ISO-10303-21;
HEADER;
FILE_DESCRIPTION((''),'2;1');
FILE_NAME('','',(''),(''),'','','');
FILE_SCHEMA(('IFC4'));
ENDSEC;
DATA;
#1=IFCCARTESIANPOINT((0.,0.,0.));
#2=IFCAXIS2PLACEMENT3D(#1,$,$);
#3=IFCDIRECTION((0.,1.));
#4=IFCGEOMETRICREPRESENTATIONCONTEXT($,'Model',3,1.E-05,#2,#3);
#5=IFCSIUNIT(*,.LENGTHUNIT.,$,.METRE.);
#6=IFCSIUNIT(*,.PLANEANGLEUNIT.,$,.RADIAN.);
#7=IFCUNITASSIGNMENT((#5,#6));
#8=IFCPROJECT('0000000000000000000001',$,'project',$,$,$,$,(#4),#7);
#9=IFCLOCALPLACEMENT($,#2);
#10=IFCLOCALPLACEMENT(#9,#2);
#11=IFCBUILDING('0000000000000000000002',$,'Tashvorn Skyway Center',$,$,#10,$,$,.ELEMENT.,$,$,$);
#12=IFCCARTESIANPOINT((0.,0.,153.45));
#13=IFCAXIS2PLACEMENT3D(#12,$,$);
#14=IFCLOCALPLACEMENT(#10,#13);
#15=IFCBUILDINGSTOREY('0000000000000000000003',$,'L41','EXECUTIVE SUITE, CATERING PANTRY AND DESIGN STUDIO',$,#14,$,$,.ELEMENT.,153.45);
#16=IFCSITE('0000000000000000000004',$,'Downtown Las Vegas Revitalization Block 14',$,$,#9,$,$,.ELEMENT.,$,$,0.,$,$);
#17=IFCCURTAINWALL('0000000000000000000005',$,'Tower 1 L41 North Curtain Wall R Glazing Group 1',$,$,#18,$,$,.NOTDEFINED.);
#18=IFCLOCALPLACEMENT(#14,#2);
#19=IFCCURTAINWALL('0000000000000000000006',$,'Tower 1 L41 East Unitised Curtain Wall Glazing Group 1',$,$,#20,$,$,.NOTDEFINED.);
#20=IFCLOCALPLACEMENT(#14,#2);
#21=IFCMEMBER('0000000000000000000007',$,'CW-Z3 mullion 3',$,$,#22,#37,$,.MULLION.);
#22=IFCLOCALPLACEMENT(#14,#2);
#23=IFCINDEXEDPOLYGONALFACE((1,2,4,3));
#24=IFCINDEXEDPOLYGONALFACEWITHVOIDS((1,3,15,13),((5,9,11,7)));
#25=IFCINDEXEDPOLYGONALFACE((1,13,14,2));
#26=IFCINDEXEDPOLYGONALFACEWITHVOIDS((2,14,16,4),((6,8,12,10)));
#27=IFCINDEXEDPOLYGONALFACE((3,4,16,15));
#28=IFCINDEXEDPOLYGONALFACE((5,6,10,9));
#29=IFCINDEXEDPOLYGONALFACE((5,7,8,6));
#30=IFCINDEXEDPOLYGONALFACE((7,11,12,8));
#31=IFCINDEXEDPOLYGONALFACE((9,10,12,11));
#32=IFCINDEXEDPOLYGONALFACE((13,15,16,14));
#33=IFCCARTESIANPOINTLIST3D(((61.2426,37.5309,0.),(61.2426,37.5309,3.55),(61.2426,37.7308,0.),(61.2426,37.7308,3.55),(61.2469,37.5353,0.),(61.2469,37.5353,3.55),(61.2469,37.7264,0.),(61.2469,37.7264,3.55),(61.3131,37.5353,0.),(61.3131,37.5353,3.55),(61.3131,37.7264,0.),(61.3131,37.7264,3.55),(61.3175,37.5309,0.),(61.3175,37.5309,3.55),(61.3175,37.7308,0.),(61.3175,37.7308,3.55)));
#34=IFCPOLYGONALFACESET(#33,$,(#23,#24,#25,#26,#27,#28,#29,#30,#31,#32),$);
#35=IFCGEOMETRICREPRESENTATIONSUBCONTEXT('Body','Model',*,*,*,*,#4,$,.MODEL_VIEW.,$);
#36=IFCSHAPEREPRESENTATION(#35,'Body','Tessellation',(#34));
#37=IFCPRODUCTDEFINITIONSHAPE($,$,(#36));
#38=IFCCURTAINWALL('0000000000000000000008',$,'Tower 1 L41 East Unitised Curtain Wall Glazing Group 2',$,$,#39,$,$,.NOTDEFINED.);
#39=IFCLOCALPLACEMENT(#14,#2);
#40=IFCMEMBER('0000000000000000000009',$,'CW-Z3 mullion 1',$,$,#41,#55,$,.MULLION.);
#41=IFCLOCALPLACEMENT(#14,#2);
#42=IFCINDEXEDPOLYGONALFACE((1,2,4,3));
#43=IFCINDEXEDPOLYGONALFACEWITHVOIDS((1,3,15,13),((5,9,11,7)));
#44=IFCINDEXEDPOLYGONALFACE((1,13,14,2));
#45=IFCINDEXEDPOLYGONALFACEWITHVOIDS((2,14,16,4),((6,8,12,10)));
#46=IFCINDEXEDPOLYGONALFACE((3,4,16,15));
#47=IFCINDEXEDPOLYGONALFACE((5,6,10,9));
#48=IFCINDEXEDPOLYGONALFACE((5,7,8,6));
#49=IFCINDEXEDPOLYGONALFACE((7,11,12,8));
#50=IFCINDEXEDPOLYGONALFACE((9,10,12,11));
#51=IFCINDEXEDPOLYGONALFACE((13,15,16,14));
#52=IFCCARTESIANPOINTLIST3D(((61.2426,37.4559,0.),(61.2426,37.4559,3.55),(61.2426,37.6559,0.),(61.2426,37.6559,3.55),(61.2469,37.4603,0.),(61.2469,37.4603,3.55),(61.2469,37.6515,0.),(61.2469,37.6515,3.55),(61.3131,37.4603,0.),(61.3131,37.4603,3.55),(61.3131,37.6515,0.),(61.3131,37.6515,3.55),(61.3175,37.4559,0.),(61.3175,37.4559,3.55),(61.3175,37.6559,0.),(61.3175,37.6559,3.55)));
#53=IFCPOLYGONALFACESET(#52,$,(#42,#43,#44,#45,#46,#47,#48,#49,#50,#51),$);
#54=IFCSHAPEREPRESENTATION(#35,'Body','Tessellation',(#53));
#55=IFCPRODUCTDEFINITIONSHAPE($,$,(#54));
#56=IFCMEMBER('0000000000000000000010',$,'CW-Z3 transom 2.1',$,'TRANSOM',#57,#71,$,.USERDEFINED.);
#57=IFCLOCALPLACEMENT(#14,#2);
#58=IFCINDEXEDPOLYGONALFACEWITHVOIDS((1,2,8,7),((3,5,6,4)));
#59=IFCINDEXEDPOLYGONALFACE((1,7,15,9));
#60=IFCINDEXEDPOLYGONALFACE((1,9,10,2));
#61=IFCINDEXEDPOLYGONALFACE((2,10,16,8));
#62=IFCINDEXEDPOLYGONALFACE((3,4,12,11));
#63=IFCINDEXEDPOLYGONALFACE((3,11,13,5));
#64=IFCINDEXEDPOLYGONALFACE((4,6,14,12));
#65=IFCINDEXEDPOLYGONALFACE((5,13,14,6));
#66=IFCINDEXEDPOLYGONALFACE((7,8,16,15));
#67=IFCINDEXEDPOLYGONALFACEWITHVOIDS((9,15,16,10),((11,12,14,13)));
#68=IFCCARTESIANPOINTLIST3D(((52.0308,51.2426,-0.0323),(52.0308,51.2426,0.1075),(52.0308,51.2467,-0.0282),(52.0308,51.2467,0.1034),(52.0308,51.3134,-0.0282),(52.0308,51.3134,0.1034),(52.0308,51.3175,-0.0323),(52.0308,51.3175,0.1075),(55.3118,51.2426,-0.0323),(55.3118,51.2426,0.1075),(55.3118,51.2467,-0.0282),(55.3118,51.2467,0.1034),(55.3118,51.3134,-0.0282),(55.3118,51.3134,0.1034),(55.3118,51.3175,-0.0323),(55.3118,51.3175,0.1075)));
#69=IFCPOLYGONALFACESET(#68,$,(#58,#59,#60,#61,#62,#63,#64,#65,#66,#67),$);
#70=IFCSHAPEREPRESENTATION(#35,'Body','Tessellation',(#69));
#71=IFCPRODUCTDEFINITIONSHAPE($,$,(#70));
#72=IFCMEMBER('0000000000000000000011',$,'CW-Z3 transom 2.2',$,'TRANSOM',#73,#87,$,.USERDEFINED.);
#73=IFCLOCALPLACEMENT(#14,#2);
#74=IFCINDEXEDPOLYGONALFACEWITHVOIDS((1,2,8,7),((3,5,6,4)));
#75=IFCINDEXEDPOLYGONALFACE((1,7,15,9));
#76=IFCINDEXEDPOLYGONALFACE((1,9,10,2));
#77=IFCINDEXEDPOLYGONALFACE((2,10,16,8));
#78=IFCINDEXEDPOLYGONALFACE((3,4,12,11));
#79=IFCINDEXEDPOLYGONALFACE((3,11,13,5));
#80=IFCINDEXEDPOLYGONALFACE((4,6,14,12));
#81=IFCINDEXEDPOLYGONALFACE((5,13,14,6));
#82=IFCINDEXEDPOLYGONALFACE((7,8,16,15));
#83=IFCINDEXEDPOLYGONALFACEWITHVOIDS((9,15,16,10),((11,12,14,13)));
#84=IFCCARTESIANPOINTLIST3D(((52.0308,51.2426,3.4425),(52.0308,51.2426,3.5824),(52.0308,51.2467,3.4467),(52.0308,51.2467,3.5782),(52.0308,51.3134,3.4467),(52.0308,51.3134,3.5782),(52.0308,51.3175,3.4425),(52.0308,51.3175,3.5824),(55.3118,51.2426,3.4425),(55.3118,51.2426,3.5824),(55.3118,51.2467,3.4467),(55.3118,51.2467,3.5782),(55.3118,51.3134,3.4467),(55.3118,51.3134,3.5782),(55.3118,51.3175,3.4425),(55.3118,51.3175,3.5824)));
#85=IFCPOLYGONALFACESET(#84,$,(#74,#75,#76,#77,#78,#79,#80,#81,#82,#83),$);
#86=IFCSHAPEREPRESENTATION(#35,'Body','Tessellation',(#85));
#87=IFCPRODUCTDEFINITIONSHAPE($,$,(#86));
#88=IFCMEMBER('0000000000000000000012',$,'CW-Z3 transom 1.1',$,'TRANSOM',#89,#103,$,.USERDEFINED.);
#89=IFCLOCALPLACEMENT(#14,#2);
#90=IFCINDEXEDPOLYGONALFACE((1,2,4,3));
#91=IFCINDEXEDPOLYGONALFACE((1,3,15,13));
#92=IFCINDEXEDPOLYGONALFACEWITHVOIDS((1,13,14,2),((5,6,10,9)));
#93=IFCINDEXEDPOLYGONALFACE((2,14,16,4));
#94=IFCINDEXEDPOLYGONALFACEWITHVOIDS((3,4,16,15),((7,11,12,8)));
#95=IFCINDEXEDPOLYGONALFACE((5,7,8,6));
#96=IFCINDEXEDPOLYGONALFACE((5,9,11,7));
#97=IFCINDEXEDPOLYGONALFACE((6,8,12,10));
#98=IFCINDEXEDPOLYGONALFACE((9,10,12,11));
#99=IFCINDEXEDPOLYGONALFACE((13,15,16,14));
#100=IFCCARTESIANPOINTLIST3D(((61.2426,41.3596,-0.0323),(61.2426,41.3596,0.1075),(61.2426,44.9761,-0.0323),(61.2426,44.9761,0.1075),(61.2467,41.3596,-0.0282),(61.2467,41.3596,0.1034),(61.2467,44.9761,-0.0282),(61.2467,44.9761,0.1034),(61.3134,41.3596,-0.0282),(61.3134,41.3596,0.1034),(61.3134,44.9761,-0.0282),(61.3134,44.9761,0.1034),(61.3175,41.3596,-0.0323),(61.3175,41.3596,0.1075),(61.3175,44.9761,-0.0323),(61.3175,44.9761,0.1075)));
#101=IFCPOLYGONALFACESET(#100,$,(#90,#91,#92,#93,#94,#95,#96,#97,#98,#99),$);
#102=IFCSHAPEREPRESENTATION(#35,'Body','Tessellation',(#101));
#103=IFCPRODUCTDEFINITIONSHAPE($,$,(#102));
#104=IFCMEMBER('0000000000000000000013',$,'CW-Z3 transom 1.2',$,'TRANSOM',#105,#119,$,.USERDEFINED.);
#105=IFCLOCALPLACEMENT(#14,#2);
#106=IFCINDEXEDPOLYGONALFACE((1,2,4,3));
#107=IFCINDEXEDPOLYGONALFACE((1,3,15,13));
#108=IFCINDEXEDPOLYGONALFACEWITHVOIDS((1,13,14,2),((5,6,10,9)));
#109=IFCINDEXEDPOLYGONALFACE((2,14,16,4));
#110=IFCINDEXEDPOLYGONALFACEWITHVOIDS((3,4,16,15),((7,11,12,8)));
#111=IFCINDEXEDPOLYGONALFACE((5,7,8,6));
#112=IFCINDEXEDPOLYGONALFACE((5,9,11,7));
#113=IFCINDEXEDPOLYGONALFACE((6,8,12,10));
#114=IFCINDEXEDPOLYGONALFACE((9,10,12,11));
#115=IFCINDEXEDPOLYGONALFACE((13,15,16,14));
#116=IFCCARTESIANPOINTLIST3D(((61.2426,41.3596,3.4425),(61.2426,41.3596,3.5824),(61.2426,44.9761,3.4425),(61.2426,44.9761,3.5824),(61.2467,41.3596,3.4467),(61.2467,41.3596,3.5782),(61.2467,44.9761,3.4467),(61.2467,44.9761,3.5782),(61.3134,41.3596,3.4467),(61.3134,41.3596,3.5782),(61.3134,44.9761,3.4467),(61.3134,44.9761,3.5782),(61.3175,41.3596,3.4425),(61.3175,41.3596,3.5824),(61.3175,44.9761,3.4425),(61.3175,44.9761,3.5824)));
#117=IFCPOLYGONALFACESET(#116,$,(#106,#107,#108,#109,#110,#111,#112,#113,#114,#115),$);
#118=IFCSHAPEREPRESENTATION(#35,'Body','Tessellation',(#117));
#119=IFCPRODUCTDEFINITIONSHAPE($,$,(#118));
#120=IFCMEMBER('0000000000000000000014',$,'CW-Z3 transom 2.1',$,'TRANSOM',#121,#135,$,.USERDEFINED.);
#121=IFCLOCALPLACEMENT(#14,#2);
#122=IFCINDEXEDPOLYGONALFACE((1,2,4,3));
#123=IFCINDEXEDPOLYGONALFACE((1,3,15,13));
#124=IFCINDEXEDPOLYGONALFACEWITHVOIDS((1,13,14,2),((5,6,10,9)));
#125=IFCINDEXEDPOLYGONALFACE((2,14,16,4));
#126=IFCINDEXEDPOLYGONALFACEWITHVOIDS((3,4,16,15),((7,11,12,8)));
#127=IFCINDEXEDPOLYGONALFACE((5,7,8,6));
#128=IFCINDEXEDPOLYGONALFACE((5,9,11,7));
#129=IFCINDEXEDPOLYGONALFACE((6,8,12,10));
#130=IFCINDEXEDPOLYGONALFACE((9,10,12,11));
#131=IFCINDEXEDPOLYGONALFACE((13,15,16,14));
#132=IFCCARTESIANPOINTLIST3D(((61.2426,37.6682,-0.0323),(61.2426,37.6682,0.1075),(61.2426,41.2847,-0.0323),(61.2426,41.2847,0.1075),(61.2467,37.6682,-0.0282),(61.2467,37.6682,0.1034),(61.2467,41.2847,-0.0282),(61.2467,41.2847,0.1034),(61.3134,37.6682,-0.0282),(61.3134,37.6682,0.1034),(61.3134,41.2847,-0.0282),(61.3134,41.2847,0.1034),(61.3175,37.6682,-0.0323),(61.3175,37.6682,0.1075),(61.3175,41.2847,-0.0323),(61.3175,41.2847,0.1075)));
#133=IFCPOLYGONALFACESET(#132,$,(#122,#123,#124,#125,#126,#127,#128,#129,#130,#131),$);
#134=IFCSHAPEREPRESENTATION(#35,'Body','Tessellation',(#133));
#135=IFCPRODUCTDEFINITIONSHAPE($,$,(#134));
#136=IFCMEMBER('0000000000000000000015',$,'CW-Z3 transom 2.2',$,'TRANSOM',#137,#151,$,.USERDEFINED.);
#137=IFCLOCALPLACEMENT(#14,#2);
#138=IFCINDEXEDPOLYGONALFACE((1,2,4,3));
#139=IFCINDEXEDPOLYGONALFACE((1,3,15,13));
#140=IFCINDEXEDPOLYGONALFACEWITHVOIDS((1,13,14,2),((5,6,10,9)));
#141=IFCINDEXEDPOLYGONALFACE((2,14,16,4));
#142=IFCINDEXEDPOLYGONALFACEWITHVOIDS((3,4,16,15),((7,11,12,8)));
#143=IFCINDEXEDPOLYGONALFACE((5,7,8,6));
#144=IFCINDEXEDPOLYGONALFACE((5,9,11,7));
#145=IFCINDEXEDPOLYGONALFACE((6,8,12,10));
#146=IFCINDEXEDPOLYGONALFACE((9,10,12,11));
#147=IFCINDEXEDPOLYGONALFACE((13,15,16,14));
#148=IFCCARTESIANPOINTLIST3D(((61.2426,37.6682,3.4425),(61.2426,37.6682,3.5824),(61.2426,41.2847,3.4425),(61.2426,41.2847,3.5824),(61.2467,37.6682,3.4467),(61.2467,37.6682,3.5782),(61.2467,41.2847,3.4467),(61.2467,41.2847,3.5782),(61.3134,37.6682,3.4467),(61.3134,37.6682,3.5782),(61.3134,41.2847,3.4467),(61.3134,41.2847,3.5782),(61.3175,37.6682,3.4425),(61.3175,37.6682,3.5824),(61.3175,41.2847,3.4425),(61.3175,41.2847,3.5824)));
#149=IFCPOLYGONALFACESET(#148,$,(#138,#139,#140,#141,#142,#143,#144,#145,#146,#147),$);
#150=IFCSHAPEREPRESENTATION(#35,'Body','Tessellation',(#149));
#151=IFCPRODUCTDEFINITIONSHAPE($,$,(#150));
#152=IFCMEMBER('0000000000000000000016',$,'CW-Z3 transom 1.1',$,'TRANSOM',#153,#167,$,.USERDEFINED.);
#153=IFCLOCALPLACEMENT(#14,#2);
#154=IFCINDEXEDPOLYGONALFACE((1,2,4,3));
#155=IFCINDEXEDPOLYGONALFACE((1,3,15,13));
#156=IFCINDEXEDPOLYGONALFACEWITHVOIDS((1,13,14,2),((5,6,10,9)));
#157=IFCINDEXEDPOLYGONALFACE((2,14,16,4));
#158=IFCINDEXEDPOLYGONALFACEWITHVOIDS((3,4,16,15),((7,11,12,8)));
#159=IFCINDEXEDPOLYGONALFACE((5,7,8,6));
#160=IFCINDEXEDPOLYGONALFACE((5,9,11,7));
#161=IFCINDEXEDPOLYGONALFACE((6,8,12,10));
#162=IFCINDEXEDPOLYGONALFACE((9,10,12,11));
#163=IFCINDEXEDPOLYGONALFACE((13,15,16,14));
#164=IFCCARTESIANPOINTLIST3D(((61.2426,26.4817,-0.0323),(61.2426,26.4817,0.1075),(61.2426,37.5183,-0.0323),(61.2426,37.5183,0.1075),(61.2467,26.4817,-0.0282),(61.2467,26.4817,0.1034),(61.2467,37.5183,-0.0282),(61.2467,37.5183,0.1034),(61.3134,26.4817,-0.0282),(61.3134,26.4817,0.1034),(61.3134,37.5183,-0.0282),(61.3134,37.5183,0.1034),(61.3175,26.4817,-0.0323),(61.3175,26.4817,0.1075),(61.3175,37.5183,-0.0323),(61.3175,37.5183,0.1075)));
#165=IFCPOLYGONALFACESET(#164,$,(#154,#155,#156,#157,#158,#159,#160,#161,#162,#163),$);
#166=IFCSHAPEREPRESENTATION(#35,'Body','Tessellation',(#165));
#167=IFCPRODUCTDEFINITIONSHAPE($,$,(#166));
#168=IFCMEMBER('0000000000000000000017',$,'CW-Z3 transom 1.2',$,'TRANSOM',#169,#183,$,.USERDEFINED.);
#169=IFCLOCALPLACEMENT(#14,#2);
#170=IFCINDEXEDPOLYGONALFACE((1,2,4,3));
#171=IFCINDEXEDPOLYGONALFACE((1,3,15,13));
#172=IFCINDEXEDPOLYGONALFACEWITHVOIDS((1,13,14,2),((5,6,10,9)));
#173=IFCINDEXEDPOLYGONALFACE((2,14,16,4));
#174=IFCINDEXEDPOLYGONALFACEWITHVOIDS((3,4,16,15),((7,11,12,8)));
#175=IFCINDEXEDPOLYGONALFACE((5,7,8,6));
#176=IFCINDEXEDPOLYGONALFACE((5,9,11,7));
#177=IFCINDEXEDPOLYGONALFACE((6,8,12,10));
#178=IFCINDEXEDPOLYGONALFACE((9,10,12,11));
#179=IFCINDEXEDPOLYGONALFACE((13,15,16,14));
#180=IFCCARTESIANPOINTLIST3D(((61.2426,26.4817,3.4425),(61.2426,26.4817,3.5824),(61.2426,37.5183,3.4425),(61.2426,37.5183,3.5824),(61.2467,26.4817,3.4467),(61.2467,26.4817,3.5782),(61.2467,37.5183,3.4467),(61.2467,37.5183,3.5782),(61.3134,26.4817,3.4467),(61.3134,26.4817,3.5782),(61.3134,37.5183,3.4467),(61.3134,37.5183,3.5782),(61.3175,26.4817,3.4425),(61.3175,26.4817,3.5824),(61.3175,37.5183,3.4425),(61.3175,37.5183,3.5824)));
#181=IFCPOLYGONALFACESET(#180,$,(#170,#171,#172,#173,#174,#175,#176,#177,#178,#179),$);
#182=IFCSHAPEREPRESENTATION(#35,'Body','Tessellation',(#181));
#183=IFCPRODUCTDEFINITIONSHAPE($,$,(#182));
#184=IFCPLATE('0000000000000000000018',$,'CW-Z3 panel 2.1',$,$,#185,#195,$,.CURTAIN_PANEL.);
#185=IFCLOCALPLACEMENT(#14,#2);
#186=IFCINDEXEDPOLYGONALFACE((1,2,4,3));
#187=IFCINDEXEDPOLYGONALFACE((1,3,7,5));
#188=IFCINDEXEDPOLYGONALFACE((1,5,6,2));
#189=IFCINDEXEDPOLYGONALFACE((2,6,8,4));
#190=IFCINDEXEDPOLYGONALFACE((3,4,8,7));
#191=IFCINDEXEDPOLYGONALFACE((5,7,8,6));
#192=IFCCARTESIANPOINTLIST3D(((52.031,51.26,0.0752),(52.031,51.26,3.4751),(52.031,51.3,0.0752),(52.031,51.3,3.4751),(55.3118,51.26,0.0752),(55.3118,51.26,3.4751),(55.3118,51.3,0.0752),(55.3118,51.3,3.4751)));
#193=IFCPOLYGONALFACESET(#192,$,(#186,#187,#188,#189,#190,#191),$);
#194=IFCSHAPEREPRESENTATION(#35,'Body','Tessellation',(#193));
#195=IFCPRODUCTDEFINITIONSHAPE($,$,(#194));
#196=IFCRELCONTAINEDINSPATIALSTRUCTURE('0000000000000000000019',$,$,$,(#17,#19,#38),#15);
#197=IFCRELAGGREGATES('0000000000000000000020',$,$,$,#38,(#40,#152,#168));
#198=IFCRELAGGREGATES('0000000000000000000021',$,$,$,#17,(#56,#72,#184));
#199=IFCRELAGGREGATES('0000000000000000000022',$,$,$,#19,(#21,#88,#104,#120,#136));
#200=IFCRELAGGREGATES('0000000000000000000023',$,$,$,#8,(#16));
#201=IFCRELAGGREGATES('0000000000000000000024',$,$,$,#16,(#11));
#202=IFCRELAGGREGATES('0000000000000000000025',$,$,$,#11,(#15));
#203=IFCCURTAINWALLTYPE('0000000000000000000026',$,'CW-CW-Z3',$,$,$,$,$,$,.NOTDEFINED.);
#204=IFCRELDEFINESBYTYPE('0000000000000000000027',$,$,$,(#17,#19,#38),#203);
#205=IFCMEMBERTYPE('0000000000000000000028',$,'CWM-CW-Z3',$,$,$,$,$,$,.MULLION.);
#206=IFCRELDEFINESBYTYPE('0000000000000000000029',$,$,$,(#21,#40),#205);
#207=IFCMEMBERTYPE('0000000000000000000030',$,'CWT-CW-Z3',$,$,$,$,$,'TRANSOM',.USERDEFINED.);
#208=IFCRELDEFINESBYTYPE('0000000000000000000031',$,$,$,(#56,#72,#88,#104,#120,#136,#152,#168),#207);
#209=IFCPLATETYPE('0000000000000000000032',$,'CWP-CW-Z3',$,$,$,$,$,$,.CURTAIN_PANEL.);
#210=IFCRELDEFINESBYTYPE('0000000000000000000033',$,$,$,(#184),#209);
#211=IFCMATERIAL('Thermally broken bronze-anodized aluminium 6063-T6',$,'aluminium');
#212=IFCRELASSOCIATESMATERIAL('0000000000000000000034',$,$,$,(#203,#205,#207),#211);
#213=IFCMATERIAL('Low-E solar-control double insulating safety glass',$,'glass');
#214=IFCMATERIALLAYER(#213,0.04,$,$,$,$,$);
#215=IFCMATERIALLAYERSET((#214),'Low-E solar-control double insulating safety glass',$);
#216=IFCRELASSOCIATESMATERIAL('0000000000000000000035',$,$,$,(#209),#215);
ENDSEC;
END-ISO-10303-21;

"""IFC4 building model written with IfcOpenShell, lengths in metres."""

from ifc_helpers import new_model, si_unit, direction, frame, origin, origin_2d, place, context, subcontext, project, spatial, rectangle, hollow_rectangle, extrude, material, layer, layer_set, material_profile, profile_set, type_object, element, aggregate, save


model = new_model("IFC4")

# Units and contexts
model_context = context("Model", 3, precision=1e-05, world=origin(), true_north=direction((0.0, 1.0)))
body_context = subcontext(model_context, "Body", "Model", "MODEL_VIEW")
ifc_project = project(units=[si_unit("LENGTHUNIT", "METRE"), si_unit("PLANEANGLEUNIT", "RADIAN")], contexts=[model_context])

# Site, building, storey
site_placement = place(None, origin())
site = spatial("IfcSite", under=ifc_project, at=site_placement, Name="Downtown Las Vegas Revitalization Block 14", CompositionType="ELEMENT", RefElevation=0.0)
building_placement = place(site_placement, origin())
building = spatial("IfcBuilding", under=site, at=building_placement, Name="Tashvorn Skyway Center", CompositionType="ELEMENT")
storey_placement = place(building_placement, frame((0.0, 0.0, 153.45)))
storey = spatial("IfcBuildingStorey", under=building, at=storey_placement, Name="L41", Description="EXECUTIVE SUITE, CATERING PANTRY AND DESIGN STUDIO", CompositionType="ELEMENT", Elevation=153.45)

# Curtain wall
ifc_material_1 = material(Name="Thermally broken bronze-anodized aluminium 6063-T6", Category="aluminium")
curtain_wall_type = type_object("IfcCurtainWallType", Name="CW-CW-Z3", PredefinedType="NOTDEFINED", material=ifc_material_1)
curtain_wall_1_placement = place(storey_placement, origin())
curtain_wall_1 = element("IfcCurtainWall", 1, at=curtain_wall_1_placement, inside=storey, type_object=curtain_wall_type, Name="Tower 1 L41 North Curtain Wall R Glazing Group 1", PredefinedType="NOTDEFINED")
ifc_material_profile_1 = material_profile(ifc_material_1, hollow_rectangle(XDim=0.075, YDim=0.2, WallThickness=0.0044, at=origin_2d()), Name="ALU-MULL-75x200")
ifc_profile_set_1 = profile_set([ifc_material_profile_1], Name="Thermally broken bronze-anodized aluminium 6063-T6")
member_type_1 = type_object("IfcMemberType", Name="CWM-CW-Z3", PredefinedType="MULLION", material=ifc_profile_set_1)

# Curtain wall, member
curtain_wall_2_placement = place(storey_placement, origin())
curtain_wall_2 = element("IfcCurtainWall", 2, at=curtain_wall_2_placement, inside=storey, type_object=curtain_wall_type, Name="Tower 1 L41 East Unitised Curtain Wall Glazing Group 1", PredefinedType="NOTDEFINED")
member_1_placement = place(storey_placement, frame((61.28, 37.6309, 0.0), z_axis=(0.0, 0.0, 1.0), x_axis=(1.0, 0.0, 0.0)))
member_1 = element("IfcMember", 3, at=member_1_placement, type_object=member_type_1, Name="CW-Z3 mullion 3", PredefinedType="MULLION", context=body_context, shape_type="SweptSolid", body=[
    extrude(hollow_rectangle(XDim=0.075, YDim=0.2, WallThickness=0.0044, at=origin_2d()), origin(), (0.0, 0.0, 1.0), 3.55),
])

# Curtain wall, member
curtain_wall_3_placement = place(storey_placement, origin())
curtain_wall_3 = element("IfcCurtainWall", 4, at=curtain_wall_3_placement, inside=storey, type_object=curtain_wall_type, Name="Tower 1 L41 East Unitised Curtain Wall Glazing Group 2", PredefinedType="NOTDEFINED")
member_2_placement = place(storey_placement, frame((61.28, 37.5559, 0.0), z_axis=(0.0, 0.0, 1.0), x_axis=(1.0, 0.0, 0.0)))
member_2 = element("IfcMember", 5, at=member_2_placement, type_object=member_type_1, Name="CW-Z3 mullion 1", PredefinedType="MULLION", context=body_context, shape_type="SweptSolid", body=[
    extrude(hollow_rectangle(XDim=0.075, YDim=0.2, WallThickness=0.0044, at=origin_2d()), origin(), (0.0, 0.0, 1.0), 3.55),
])

# Members
ifc_material_profile_2 = material_profile(ifc_material_1, hollow_rectangle(XDim=0.075, YDim=0.1399, WallThickness=0.0042, at=origin_2d()), Name="ALU-TRAN-75x140")
ifc_profile_set_2 = profile_set([ifc_material_profile_2], Name="Thermally broken bronze-anodized aluminium 6063-T6")
member_type_2 = type_object("IfcMemberType", Name="CWT-CW-Z3", ElementType="TRANSOM", PredefinedType="USERDEFINED", material=ifc_profile_set_2)
member_3_placement = place(storey_placement, frame((52.0308, 51.28, 0.0376), z_axis=(1.0, 0.0, 0.0), x_axis=(0.0, 1.0, 0.0)))
member_3 = element("IfcMember", 6, at=member_3_placement, type_object=member_type_2, Name="CW-Z3 transom 2.1", ObjectType="TRANSOM", PredefinedType="USERDEFINED", context=body_context, shape_type="SweptSolid", body=[
    extrude(hollow_rectangle(XDim=0.075, YDim=0.1399, WallThickness=0.0042, at=origin_2d()), origin(), (0.0, 0.0, 1.0), 3.281),
])
member_4_placement = place(storey_placement, frame((52.0308, 51.28, 3.5125), z_axis=(1.0, 0.0, 0.0), x_axis=(0.0, 1.0, 0.0)))
member_4 = element("IfcMember", 7, at=member_4_placement, type_object=member_type_2, Name="CW-Z3 transom 2.2", ObjectType="TRANSOM", PredefinedType="USERDEFINED", context=body_context, shape_type="SweptSolid", body=[
    extrude(hollow_rectangle(XDim=0.075, YDim=0.1399, WallThickness=0.0042, at=origin_2d()), origin(), (0.0, 0.0, 1.0), 3.281),
])
member_5_placement = place(storey_placement, frame((61.28, 44.9761, 0.0376), z_axis=(0.0, -1.0, 0.0), x_axis=(1.0, 0.0, 0.0)))
member_5 = element("IfcMember", 8, at=member_5_placement, type_object=member_type_2, Name="CW-Z3 transom 1.1", ObjectType="TRANSOM", PredefinedType="USERDEFINED", context=body_context, shape_type="SweptSolid", body=[
    extrude(hollow_rectangle(XDim=0.075, YDim=0.1399, WallThickness=0.0042, at=origin_2d()), origin(), (0.0, 0.0, 1.0), 3.6165),
])
member_6_placement = place(storey_placement, frame((61.28, 44.9761, 3.5125), z_axis=(0.0, -1.0, 0.0), x_axis=(1.0, 0.0, 0.0)))
member_6 = element("IfcMember", 9, at=member_6_placement, type_object=member_type_2, Name="CW-Z3 transom 1.2", ObjectType="TRANSOM", PredefinedType="USERDEFINED", context=body_context, shape_type="SweptSolid", body=[
    extrude(hollow_rectangle(XDim=0.075, YDim=0.1399, WallThickness=0.0042, at=origin_2d()), origin(), (0.0, 0.0, 1.0), 3.6165),
])
member_7_placement = place(storey_placement, frame((61.28, 41.2847, 0.0376), z_axis=(0.0, -1.0, 0.0), x_axis=(1.0, 0.0, 0.0)))
member_7 = element("IfcMember", 10, at=member_7_placement, type_object=member_type_2, Name="CW-Z3 transom 2.1", ObjectType="TRANSOM", PredefinedType="USERDEFINED", context=body_context, shape_type="SweptSolid", body=[
    extrude(hollow_rectangle(XDim=0.075, YDim=0.1399, WallThickness=0.0042, at=origin_2d()), origin(), (0.0, 0.0, 1.0), 3.6165),
])
member_8_placement = place(storey_placement, frame((61.28, 41.2847, 3.5125), z_axis=(0.0, -1.0, 0.0), x_axis=(1.0, 0.0, 0.0)))
member_8 = element("IfcMember", 11, at=member_8_placement, type_object=member_type_2, Name="CW-Z3 transom 2.2", ObjectType="TRANSOM", PredefinedType="USERDEFINED", context=body_context, shape_type="SweptSolid", body=[
    extrude(hollow_rectangle(XDim=0.075, YDim=0.1399, WallThickness=0.0042, at=origin_2d()), origin(), (0.0, 0.0, 1.0), 3.6165),
])
member_9_placement = place(storey_placement, frame((61.28, 37.5183, 0.0376), z_axis=(0.0, -1.0, 0.0), x_axis=(1.0, 0.0, 0.0)))
member_9 = element("IfcMember", 12, at=member_9_placement, type_object=member_type_2, Name="CW-Z3 transom 1.1", ObjectType="TRANSOM", PredefinedType="USERDEFINED", context=body_context, shape_type="SweptSolid", body=[
    extrude(hollow_rectangle(XDim=0.075, YDim=0.1399, WallThickness=0.0042, at=origin_2d()), origin(), (0.0, 0.0, 1.0), 11.0366),
])
member_10_placement = place(storey_placement, frame((61.28, 37.5183, 3.5125), z_axis=(0.0, -1.0, 0.0), x_axis=(1.0, 0.0, 0.0)))
member_10 = element("IfcMember", 13, at=member_10_placement, type_object=member_type_2, Name="CW-Z3 transom 1.2", ObjectType="TRANSOM", PredefinedType="USERDEFINED", context=body_context, shape_type="SweptSolid", body=[
    extrude(hollow_rectangle(XDim=0.075, YDim=0.1399, WallThickness=0.0042, at=origin_2d()), origin(), (0.0, 0.0, 1.0), 11.0366),
])
aggregate(curtain_wall_3, [member_2, member_9, member_10])

# Plate
ifc_material_2 = material(Name="Low-E solar-control double insulating safety glass", Category="glass")
ifc_layer_1 = layer(ifc_material_2, 0.04)
ifc_layer_set_1 = layer_set([ifc_layer_1], Name="Low-E solar-control double insulating safety glass")
plate_type_1 = type_object("IfcPlateType", Name="CWP-CW-Z3", PredefinedType="CURTAIN_PANEL", material=ifc_layer_set_1)
plate_1_placement = place(storey_placement, frame((53.6714, 51.28, 0.0752), z_axis=(0.0, 0.0, 1.0), x_axis=(1.0, 0.0, 0.0)))
plate_1 = element("IfcPlate", 14, at=plate_1_placement, type_object=plate_type_1, Name="CW-Z3 panel 2.1", PredefinedType="CURTAIN_PANEL", context=body_context, shape_type="SweptSolid", body=[
    extrude(rectangle(XDim=3.2808, YDim=0.04, at=origin_2d()), origin(), (0.0, 0.0, 1.0), 3.3999),
])
aggregate(curtain_wall_1, [member_3, member_4, plate_1])
aggregate(curtain_wall_2, [member_1, member_5, member_6, member_7, member_8])

save(model, "model.ifc")
